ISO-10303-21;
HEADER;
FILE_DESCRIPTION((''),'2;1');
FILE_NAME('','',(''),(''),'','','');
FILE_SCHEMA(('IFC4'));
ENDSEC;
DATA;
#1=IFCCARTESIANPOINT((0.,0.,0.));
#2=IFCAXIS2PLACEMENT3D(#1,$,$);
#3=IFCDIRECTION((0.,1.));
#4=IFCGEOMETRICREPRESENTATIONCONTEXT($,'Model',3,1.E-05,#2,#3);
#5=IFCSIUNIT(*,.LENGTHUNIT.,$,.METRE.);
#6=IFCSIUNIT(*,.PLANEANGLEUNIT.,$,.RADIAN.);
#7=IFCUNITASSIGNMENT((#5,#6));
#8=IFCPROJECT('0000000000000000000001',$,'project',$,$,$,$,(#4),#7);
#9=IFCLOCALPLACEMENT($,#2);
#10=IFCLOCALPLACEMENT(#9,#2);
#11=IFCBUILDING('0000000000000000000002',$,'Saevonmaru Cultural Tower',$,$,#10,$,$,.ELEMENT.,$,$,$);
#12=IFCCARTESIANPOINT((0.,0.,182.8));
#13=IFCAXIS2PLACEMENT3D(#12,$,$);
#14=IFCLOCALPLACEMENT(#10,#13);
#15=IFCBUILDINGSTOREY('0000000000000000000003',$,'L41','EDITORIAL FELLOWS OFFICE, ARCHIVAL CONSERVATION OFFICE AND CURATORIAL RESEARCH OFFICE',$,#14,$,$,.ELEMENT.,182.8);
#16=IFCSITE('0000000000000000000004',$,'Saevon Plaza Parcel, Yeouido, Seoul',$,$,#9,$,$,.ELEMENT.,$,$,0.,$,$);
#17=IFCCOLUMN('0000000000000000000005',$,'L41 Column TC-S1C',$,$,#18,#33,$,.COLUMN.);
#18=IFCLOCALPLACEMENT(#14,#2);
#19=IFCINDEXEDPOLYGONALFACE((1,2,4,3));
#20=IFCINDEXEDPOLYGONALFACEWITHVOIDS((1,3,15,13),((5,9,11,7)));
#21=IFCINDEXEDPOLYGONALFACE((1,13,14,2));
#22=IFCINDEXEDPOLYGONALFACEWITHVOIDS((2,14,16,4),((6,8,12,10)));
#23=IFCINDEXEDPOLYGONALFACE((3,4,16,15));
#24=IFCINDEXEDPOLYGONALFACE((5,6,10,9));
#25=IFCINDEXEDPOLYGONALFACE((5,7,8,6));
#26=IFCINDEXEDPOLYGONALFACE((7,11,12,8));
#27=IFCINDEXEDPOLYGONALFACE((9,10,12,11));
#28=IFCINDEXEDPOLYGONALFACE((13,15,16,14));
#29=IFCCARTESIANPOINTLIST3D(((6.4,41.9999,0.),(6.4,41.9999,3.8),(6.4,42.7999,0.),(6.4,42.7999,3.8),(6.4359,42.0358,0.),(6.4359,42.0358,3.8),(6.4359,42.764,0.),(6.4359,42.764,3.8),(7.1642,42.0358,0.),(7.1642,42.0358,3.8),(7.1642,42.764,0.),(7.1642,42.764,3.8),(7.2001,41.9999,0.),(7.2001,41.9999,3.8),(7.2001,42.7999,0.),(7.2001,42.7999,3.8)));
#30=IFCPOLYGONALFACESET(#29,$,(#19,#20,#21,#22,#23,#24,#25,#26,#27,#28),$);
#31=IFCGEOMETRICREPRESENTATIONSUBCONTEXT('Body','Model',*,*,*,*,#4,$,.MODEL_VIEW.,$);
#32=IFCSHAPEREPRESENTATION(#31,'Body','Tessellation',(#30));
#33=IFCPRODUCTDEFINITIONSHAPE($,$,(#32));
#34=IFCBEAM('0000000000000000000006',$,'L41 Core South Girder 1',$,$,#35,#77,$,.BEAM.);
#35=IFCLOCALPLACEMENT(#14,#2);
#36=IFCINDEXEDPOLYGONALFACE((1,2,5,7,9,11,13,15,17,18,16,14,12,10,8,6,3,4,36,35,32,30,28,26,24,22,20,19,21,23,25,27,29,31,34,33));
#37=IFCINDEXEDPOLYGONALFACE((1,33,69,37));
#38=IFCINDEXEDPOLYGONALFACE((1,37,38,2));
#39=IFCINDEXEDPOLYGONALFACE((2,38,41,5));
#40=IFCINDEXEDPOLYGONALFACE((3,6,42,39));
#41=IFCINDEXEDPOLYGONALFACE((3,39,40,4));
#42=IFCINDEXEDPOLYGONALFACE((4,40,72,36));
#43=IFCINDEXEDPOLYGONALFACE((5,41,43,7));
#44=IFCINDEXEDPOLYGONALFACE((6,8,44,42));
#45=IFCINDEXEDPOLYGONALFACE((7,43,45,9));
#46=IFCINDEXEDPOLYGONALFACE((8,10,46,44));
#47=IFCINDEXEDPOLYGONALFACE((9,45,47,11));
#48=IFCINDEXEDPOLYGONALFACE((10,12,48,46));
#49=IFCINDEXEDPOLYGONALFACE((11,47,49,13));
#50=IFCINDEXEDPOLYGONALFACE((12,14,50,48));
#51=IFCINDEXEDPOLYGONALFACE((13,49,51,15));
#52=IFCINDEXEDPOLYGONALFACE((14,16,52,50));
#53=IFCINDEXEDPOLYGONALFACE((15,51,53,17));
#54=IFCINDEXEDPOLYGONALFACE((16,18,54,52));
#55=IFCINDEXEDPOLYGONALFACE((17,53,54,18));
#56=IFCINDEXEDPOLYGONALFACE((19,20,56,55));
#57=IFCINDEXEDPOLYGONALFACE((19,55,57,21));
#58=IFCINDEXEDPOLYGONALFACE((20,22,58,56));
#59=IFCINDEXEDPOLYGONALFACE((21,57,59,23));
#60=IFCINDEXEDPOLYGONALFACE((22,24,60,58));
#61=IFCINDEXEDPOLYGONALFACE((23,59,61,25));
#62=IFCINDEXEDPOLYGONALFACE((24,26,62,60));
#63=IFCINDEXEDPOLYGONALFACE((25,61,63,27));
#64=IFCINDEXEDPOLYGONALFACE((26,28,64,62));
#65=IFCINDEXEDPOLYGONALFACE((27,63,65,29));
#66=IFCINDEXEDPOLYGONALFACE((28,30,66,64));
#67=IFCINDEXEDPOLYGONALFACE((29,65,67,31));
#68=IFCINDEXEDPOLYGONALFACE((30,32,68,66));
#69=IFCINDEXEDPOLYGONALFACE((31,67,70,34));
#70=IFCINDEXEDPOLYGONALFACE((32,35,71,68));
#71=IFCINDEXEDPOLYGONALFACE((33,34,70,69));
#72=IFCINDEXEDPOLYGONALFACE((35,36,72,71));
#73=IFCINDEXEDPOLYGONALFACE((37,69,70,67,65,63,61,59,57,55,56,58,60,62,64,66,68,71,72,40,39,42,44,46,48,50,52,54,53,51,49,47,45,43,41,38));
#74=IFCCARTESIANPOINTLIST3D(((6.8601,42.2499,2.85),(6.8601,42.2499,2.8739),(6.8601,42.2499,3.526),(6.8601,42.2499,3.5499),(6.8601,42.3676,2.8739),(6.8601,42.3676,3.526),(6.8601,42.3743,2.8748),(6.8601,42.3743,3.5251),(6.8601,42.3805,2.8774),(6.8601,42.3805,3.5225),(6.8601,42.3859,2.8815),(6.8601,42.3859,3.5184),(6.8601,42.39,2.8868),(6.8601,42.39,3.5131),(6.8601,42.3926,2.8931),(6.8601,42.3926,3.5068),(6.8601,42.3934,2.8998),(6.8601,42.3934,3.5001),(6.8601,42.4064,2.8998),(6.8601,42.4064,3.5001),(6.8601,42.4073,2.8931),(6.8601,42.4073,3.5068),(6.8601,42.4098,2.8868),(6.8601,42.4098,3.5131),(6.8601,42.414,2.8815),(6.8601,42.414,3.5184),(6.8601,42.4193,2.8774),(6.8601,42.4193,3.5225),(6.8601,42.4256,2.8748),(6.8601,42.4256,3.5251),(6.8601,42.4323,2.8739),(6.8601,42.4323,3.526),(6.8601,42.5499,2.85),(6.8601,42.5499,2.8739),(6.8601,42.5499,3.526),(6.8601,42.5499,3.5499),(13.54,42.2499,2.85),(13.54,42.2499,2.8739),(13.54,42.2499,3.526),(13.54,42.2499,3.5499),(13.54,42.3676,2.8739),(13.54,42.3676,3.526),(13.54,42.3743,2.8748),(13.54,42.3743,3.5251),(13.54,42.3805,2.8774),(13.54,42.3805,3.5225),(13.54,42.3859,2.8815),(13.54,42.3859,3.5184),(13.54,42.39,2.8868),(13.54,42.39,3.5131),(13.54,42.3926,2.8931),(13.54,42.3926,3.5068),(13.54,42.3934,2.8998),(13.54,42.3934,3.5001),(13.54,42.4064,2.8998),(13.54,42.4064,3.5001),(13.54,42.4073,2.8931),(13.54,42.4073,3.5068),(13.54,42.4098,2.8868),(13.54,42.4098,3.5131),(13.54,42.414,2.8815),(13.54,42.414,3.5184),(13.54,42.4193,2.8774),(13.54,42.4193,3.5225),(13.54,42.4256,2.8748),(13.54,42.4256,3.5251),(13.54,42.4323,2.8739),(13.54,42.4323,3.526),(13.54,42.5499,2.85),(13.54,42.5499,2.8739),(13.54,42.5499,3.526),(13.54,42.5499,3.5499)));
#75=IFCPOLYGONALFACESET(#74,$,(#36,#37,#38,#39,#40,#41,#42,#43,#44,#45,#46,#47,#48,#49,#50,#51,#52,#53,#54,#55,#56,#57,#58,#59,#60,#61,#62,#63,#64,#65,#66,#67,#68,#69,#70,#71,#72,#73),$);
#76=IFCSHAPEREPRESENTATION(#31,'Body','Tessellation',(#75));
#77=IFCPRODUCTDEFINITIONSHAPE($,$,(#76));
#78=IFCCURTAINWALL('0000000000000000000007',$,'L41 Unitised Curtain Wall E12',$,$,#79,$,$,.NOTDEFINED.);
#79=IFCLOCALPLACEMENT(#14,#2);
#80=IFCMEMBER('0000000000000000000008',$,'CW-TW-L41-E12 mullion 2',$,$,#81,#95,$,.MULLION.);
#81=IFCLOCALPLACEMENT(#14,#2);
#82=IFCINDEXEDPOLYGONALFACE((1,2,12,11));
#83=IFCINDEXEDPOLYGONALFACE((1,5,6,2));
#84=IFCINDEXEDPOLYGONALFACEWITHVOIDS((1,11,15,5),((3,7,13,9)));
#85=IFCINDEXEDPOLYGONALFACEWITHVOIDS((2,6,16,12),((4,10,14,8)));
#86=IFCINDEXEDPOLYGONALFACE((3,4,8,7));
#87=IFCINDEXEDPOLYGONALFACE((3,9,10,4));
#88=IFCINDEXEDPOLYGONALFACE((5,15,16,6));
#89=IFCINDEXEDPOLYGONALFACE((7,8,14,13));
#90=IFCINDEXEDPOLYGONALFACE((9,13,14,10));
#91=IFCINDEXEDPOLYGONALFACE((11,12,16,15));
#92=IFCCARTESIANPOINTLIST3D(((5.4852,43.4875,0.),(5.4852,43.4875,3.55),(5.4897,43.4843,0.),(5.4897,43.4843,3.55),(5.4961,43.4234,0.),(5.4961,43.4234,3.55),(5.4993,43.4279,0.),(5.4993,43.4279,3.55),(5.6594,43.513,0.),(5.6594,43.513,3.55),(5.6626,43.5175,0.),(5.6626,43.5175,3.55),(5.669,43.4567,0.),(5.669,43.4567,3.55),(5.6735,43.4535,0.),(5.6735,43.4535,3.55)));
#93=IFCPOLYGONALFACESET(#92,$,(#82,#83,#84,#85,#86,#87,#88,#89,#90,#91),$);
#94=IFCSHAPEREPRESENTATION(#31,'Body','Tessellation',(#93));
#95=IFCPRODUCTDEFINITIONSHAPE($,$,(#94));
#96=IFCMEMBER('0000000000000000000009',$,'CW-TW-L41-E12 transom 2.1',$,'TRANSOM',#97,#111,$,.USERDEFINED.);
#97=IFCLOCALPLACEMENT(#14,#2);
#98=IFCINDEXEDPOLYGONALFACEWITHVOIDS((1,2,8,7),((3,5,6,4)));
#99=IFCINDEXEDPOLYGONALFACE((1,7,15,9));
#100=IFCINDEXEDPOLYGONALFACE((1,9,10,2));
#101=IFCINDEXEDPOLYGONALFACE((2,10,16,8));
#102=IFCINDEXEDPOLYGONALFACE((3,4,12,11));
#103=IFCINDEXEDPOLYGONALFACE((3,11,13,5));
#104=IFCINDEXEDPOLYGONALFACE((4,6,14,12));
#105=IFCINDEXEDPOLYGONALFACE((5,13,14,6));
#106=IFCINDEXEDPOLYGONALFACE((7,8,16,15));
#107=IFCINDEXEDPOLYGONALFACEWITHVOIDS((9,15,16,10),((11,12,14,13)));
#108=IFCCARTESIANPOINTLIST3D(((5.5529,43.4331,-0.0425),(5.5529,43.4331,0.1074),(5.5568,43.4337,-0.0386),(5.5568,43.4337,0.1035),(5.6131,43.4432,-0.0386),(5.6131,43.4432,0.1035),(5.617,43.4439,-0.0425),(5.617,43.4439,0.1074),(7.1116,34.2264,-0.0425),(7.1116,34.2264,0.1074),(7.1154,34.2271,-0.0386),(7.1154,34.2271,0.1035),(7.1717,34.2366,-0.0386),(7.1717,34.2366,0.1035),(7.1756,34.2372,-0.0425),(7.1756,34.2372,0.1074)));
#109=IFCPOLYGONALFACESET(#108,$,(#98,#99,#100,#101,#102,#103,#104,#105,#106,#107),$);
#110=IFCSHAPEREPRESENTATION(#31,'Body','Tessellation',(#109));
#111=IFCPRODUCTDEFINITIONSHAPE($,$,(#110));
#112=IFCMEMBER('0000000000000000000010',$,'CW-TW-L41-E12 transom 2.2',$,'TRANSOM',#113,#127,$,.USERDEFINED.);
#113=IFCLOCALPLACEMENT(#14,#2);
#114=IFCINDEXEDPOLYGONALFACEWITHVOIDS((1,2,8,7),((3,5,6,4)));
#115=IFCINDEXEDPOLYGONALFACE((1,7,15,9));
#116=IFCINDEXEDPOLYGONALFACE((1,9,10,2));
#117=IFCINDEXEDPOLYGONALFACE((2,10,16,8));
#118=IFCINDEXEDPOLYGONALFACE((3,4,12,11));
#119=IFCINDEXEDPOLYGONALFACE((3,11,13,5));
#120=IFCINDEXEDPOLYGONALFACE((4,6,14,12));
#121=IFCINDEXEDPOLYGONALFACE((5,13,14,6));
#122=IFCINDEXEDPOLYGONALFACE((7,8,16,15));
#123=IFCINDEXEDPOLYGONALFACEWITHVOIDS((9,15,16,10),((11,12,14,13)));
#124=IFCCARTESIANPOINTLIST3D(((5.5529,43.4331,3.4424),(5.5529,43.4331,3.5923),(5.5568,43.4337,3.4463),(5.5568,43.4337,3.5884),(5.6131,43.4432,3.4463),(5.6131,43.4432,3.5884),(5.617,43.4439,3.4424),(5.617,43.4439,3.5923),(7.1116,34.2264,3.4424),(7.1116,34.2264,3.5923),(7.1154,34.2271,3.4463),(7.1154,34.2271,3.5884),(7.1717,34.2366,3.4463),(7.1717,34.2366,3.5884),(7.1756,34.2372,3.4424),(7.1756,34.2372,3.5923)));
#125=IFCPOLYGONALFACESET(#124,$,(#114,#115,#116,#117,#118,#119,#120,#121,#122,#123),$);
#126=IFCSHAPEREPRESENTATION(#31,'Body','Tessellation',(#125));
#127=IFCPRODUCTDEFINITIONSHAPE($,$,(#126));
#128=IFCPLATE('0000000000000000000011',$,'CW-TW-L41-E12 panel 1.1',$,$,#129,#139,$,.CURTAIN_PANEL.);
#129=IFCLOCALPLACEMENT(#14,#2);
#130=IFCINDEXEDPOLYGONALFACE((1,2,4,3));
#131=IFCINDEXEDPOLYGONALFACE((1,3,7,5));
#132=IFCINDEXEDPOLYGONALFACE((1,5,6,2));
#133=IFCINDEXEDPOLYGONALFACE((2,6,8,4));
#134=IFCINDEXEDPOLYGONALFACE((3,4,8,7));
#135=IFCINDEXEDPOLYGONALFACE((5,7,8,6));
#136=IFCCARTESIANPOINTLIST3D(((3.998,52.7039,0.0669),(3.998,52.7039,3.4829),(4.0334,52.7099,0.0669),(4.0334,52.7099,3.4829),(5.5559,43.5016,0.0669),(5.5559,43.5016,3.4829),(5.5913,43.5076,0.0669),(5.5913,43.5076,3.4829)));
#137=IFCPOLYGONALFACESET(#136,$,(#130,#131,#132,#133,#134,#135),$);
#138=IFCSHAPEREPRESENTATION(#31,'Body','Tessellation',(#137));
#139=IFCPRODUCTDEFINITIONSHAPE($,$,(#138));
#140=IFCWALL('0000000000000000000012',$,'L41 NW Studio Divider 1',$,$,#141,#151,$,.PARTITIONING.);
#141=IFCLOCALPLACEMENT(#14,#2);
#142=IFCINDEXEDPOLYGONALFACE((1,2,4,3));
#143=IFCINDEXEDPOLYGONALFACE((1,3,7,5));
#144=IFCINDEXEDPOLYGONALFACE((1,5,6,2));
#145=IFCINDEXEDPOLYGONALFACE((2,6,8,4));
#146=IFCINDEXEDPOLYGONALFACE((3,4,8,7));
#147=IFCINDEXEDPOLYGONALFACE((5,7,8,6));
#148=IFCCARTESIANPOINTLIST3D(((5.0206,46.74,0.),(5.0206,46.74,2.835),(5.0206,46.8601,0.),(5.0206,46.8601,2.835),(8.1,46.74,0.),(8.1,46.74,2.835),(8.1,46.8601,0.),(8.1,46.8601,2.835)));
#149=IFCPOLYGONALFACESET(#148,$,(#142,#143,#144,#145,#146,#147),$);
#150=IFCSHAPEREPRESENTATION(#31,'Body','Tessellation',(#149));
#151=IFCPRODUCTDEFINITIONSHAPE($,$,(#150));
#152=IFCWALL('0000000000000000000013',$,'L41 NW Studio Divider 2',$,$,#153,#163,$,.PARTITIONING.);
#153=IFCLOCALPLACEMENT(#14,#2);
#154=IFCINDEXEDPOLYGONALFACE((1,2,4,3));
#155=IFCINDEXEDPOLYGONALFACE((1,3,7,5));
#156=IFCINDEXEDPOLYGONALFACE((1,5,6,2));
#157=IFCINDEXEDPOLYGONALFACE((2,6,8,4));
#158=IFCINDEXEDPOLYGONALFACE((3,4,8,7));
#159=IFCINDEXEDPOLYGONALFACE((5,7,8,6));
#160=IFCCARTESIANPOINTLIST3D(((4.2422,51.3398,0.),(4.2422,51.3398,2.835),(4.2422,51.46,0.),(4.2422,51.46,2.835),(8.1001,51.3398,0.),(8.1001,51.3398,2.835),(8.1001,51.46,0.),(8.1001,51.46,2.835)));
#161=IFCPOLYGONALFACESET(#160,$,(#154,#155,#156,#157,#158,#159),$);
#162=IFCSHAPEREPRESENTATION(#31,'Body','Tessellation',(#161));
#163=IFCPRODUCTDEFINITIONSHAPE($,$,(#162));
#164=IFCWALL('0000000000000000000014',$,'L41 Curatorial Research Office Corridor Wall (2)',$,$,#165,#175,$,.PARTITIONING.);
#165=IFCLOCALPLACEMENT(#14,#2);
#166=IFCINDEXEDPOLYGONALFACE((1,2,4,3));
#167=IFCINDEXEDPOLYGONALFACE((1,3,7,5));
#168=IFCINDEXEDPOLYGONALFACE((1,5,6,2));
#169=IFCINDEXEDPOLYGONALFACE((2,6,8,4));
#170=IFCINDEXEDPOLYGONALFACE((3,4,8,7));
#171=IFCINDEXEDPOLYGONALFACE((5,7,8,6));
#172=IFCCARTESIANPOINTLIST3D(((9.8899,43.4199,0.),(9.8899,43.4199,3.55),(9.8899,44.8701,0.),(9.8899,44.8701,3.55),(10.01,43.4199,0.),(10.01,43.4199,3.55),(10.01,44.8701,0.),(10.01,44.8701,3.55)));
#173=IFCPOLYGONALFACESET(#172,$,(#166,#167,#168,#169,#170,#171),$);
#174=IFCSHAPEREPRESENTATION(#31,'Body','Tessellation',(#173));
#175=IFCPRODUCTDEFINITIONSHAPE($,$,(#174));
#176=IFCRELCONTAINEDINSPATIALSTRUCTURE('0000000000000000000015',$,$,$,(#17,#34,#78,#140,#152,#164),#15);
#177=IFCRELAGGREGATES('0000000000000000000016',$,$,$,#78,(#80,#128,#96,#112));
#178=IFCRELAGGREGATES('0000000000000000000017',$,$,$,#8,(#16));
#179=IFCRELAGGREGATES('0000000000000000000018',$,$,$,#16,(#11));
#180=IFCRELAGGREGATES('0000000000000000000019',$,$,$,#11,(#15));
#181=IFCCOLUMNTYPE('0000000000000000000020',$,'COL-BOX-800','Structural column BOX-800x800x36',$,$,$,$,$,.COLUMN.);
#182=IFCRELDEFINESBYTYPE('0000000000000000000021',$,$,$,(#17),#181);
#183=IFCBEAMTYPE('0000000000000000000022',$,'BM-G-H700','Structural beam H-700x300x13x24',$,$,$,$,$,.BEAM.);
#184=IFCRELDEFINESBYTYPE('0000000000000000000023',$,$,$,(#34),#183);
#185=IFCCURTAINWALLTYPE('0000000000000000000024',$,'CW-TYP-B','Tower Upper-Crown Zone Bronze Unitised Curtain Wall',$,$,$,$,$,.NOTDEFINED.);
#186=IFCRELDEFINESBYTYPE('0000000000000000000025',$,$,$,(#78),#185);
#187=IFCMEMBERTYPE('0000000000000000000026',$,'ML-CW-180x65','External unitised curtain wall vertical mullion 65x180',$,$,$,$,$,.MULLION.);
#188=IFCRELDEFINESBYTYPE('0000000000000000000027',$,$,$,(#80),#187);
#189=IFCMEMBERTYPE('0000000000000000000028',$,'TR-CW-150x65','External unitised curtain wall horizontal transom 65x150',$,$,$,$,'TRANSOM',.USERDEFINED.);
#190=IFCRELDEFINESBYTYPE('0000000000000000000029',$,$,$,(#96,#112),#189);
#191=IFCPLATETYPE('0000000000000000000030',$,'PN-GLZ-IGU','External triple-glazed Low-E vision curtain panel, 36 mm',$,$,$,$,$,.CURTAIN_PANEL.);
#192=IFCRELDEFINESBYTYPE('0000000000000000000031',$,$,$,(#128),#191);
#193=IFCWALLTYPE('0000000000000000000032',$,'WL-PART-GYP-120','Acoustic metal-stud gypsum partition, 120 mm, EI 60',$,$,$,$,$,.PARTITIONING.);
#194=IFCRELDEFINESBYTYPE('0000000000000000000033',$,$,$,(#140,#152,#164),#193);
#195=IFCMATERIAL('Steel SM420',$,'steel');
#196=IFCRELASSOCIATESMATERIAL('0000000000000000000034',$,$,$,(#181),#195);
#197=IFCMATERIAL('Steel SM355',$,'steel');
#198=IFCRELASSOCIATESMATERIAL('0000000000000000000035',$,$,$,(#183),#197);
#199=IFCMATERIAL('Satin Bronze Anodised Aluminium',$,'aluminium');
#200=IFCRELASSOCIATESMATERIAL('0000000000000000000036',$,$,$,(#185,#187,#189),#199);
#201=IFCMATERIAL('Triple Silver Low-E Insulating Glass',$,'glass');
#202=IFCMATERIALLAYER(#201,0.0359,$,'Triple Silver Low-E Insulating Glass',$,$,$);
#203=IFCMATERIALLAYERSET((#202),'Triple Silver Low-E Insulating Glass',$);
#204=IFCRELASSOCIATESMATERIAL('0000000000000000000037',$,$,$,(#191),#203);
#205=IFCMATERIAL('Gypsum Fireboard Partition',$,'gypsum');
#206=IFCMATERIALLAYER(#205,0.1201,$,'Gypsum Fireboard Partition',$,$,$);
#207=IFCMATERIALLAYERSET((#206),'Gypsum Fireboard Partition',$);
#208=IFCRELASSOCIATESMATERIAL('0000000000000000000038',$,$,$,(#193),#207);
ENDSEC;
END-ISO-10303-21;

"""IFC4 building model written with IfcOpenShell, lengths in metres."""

from ifc_helpers import new_model, si_unit, direction, frame, frame_2d, origin, origin_2d, place, context, subcontext, project, spatial, rectangle, hollow_rectangle, i_section, extrude, material, layer, layer_set, material_profile, profile_set, type_object, element, aggregate, save


model = new_model("IFC4")

# Units and contexts
model_context = context("Model", 3, precision=1e-05, world=origin(), true_north=direction((0.0, 1.0)))
body_context = subcontext(model_context, "Body", "Model", "MODEL_VIEW")
ifc_project = project(units=[si_unit("LENGTHUNIT", "METRE"), si_unit("PLANEANGLEUNIT", "RADIAN")], contexts=[model_context])

# Site, building, storey
site_placement = place(None, origin())
site = spatial("IfcSite", under=ifc_project, at=site_placement, Name="Saevon Plaza Parcel, Yeouido, Seoul", CompositionType="ELEMENT", RefElevation=0.0)
building_placement = place(site_placement, origin())
building = spatial("IfcBuilding", under=site, at=building_placement, Name="Saevonmaru Cultural Tower", CompositionType="ELEMENT")
storey_placement = place(building_placement, frame((0.0, 0.0, 182.8)))
storey = spatial("IfcBuildingStorey", under=building, at=storey_placement, Name="L41", Description="EDITORIAL FELLOWS OFFICE, ARCHIVAL CONSERVATION OFFICE AND CURATORIAL RESEARCH OFFICE", CompositionType="ELEMENT", Elevation=182.8)

# Column
ifc_material_1 = material(Name="Steel SM420", Category="steel")
ifc_material_profile_1 = material_profile(ifc_material_1, hollow_rectangle(XDim=0.8, YDim=0.8, WallThickness=0.0359, at=origin_2d()), Name="BOX-800x800x36")
ifc_profile_set_1 = profile_set([ifc_material_profile_1], Name="Steel SM420")
column_type = type_object("IfcColumnType", Name="COL-BOX-800", Description="Structural column BOX-800x800x36", PredefinedType="COLUMN", material=ifc_profile_set_1)
column_placement = place(storey_placement, frame((6.8, 42.3999, 0.0), z_axis=(0.0, 0.0, 1.0), x_axis=(1.0, 0.0, 0.0)))
element("IfcColumn", 1, at=column_placement, inside=storey, type_object=column_type, Name="L41 Column TC-S1C", PredefinedType="COLUMN", context=body_context, shape_type="SweptSolid", body=[
    extrude(hollow_rectangle(XDim=0.8, YDim=0.8, WallThickness=0.0359, at=origin_2d()), origin(), (0.0, 0.0, 1.0), 3.8),
])

# Beam
ifc_material_2 = material(Name="Steel SM355", Category="steel")
ifc_material_profile_2 = material_profile(ifc_material_2, i_section(OverallWidth=0.3, OverallDepth=0.7, WebThickness=0.0129, FlangeThickness=0.0239, FilletRadius=0.0259, at=origin_2d()), Name="H-700x300x13x24")
ifc_profile_set_2 = profile_set([ifc_material_profile_2], Name="Steel SM355")
beam_type = type_object("IfcBeamType", Name="BM-G-H700", Description="Structural beam H-700x300x13x24", PredefinedType="BEAM", material=ifc_profile_set_2)
beam_placement = place(storey_placement, frame((6.8601, 42.3999, 3.2), z_axis=(1.0, 0.0, 0.0), x_axis=(0.0, 1.0, 0.0)))
element("IfcBeam", 2, at=beam_placement, inside=storey, type_object=beam_type, Name="L41 Core South Girder 1", PredefinedType="BEAM", context=body_context, shape_type="SweptSolid", body=[
    extrude(i_section(OverallWidth=0.3, OverallDepth=0.7, WebThickness=0.0129, FlangeThickness=0.0239, FilletRadius=0.0259, at=origin_2d()), origin(), (0.0, 0.0, 1.0), 6.6799),
])

# Curtain wall, members, plate
ifc_material_3 = material(Name="Satin Bronze Anodised Aluminium", Category="aluminium")
curtain_wall_type = type_object("IfcCurtainWallType", Name="CW-TYP-B", Description="Tower Upper-Crown Zone Bronze Unitised Curtain Wall", PredefinedType="NOTDEFINED", material=ifc_material_3)
curtain_wall_placement = place(storey_placement, origin())
curtain_wall = element("IfcCurtainWall", 3, at=curtain_wall_placement, inside=storey, type_object=curtain_wall_type, Name="L41 Unitised Curtain Wall E12", PredefinedType="NOTDEFINED")
ifc_material_profile_3 = material_profile(ifc_material_3, hollow_rectangle(XDim=0.0649, YDim=0.1799, WallThickness=0.0039, at=origin_2d()), Name="ALU-MULL-180x65x4")
ifc_profile_set_3 = profile_set([ifc_material_profile_3], Name="Satin Bronze Anodised Aluminium")
member_type_1 = type_object("IfcMemberType", Name="ML-CW-180x65", Description="External unitised curtain wall vertical mullion 65x180", PredefinedType="MULLION", material=ifc_profile_set_3)
member_1_placement = place(storey_placement, frame((5.5793, 43.4705, 0.0), z_axis=(0.0, 0.0, 1.0), x_axis=(0.166922, -0.98597, 0.0)))
member_1 = element("IfcMember", 4, at=member_1_placement, type_object=member_type_1, Name="CW-TW-L41-E12 mullion 2", PredefinedType="MULLION", context=body_context, shape_type="SweptSolid", body=[
    extrude(hollow_rectangle(XDim=0.0649, YDim=0.1799, WallThickness=0.0039, at=origin_2d()), origin(), (0.0, 0.0, 1.0), 3.55),
])
ifc_material_profile_4 = material_profile(ifc_material_3, hollow_rectangle(XDim=0.0649, YDim=0.1499, WallThickness=0.0039, at=origin_2d()), Name="ALU-TRAN-150x65x4")
ifc_profile_set_4 = profile_set([ifc_material_profile_4], Name="Satin Bronze Anodised Aluminium")
member_type_2 = type_object("IfcMemberType", Name="TR-CW-150x65", Description="External unitised curtain wall horizontal transom 65x150", ElementType="TRANSOM", PredefinedType="USERDEFINED", material=ifc_profile_set_4)
member_2_placement = place(storey_placement, frame((5.585, 43.4385, 0.0325), z_axis=(0.166917, -0.985971, 0.0), x_axis=(0.985971, 0.166917, 0.0)))
member_2 = element("IfcMember", 5, at=member_2_placement, type_object=member_type_2, Name="CW-TW-L41-E12 transom 2.1", ObjectType="TRANSOM", PredefinedType="USERDEFINED", context=body_context, shape_type="SweptSolid", body=[
    extrude(hollow_rectangle(XDim=0.0649, YDim=0.1499, WallThickness=0.0039, at=origin_2d()), origin(), (0.0, 0.0, 1.0), 9.3376),
])
member_3_placement = place(storey_placement, frame((5.585, 43.4385, 3.5173), z_axis=(0.166917, -0.985971, 0.0), x_axis=(0.985971, 0.166917, 0.0)))
member_3 = element("IfcMember", 6, at=member_3_placement, type_object=member_type_2, Name="CW-TW-L41-E12 transom 2.2", ObjectType="TRANSOM", PredefinedType="USERDEFINED", context=body_context, shape_type="SweptSolid", body=[
    extrude(hollow_rectangle(XDim=0.0649, YDim=0.1499, WallThickness=0.0039, at=origin_2d()), origin(), (0.0, 0.0, 1.0), 9.3376),
])
ifc_material_4 = material(Name="Triple Silver Low-E Insulating Glass", Category="glass")
ifc_layer_1 = layer(ifc_material_4, 0.0359, Name="Triple Silver Low-E Insulating Glass")
ifc_layer_set_1 = layer_set([ifc_layer_1], Name="Triple Silver Low-E Insulating Glass")
plate_type = type_object("IfcPlateType", Name="PN-GLZ-IGU", Description="External triple-glazed Low-E vision curtain panel, 36 mm", PredefinedType="CURTAIN_PANEL", material=ifc_layer_set_1)
plate_placement = place(storey_placement, frame((4.7947, 48.1057, 0.0669), z_axis=(0.0, 0.0, 1.0), x_axis=(0.166922, -0.98597, 0.0)))
plate = element("IfcPlate", 7, at=plate_placement, type_object=plate_type, Name="CW-TW-L41-E12 panel 1.1", PredefinedType="CURTAIN_PANEL", context=body_context, shape_type="SweptSolid", body=[
    extrude(rectangle(XDim=9.3333, YDim=0.0359, at=origin_2d()), origin(), (0.0, 0.0, 1.0), 3.416),
])
aggregate(curtain_wall, [member_1, plate, member_2, member_3])

# Walls
ifc_material_5 = material(Name="Gypsum Fireboard Partition", Category="gypsum")
ifc_layer_2 = layer(ifc_material_5, 0.1201, Name="Gypsum Fireboard Partition")
ifc_layer_set_2 = layer_set([ifc_layer_2], Name="Gypsum Fireboard Partition")
wall_type_1 = type_object("IfcWallType", Name="WL-PART-GYP-120", Description="Acoustic metal-stud gypsum partition, 120 mm, EI 60", PredefinedType="PARTITIONING", material=ifc_layer_set_2)
wall_1_placement = place(storey_placement, frame((5.0208, 46.8, 0.0), z_axis=(0.0, 0.0, 1.0), x_axis=(1.0, 0.0, 0.0)))
element("IfcWall", 8, at=wall_1_placement, inside=storey, type_object=wall_type_1, Name="L41 NW Studio Divider 1", PredefinedType="PARTITIONING", context=body_context, shape_type="SweptSolid", body=[
    extrude(rectangle(XDim=3.0793, YDim=0.1201, at=frame_2d((1.5396, 0.0))), origin(), (0.0, 0.0, 1.0), 2.835),
])
wall_2_placement = place(storey_placement, frame((4.2422, 51.3999, 0.0), z_axis=(0.0, 0.0, 1.0), x_axis=(1.0, 0.0, 0.0)))
element("IfcWall", 9, at=wall_2_placement, inside=storey, type_object=wall_type_1, Name="L41 NW Studio Divider 2", PredefinedType="PARTITIONING", context=body_context, shape_type="SweptSolid", body=[
    extrude(rectangle(XDim=3.8579, YDim=0.1201, at=frame_2d((1.929, 0.0))), origin(), (0.0, 0.0, 1.0), 2.835),
])
wall_3_placement = place(storey_placement, frame((9.95, 43.4199, 0.0), z_axis=(0.0, 0.0, 1.0), x_axis=(0.0, 1.0, 0.0)))
element("IfcWall", 10, at=wall_3_placement, inside=storey, type_object=wall_type_1, Name="L41 Curatorial Research Office Corridor Wall (2)", PredefinedType="PARTITIONING", context=body_context, shape_type="SweptSolid", body=[
    extrude(rectangle(XDim=1.4502, YDim=0.1201, at=frame_2d((0.7251, 0.0))), origin(), (0.0, 0.0, 1.0), 3.55),
])

save(model, "model.ifc")
